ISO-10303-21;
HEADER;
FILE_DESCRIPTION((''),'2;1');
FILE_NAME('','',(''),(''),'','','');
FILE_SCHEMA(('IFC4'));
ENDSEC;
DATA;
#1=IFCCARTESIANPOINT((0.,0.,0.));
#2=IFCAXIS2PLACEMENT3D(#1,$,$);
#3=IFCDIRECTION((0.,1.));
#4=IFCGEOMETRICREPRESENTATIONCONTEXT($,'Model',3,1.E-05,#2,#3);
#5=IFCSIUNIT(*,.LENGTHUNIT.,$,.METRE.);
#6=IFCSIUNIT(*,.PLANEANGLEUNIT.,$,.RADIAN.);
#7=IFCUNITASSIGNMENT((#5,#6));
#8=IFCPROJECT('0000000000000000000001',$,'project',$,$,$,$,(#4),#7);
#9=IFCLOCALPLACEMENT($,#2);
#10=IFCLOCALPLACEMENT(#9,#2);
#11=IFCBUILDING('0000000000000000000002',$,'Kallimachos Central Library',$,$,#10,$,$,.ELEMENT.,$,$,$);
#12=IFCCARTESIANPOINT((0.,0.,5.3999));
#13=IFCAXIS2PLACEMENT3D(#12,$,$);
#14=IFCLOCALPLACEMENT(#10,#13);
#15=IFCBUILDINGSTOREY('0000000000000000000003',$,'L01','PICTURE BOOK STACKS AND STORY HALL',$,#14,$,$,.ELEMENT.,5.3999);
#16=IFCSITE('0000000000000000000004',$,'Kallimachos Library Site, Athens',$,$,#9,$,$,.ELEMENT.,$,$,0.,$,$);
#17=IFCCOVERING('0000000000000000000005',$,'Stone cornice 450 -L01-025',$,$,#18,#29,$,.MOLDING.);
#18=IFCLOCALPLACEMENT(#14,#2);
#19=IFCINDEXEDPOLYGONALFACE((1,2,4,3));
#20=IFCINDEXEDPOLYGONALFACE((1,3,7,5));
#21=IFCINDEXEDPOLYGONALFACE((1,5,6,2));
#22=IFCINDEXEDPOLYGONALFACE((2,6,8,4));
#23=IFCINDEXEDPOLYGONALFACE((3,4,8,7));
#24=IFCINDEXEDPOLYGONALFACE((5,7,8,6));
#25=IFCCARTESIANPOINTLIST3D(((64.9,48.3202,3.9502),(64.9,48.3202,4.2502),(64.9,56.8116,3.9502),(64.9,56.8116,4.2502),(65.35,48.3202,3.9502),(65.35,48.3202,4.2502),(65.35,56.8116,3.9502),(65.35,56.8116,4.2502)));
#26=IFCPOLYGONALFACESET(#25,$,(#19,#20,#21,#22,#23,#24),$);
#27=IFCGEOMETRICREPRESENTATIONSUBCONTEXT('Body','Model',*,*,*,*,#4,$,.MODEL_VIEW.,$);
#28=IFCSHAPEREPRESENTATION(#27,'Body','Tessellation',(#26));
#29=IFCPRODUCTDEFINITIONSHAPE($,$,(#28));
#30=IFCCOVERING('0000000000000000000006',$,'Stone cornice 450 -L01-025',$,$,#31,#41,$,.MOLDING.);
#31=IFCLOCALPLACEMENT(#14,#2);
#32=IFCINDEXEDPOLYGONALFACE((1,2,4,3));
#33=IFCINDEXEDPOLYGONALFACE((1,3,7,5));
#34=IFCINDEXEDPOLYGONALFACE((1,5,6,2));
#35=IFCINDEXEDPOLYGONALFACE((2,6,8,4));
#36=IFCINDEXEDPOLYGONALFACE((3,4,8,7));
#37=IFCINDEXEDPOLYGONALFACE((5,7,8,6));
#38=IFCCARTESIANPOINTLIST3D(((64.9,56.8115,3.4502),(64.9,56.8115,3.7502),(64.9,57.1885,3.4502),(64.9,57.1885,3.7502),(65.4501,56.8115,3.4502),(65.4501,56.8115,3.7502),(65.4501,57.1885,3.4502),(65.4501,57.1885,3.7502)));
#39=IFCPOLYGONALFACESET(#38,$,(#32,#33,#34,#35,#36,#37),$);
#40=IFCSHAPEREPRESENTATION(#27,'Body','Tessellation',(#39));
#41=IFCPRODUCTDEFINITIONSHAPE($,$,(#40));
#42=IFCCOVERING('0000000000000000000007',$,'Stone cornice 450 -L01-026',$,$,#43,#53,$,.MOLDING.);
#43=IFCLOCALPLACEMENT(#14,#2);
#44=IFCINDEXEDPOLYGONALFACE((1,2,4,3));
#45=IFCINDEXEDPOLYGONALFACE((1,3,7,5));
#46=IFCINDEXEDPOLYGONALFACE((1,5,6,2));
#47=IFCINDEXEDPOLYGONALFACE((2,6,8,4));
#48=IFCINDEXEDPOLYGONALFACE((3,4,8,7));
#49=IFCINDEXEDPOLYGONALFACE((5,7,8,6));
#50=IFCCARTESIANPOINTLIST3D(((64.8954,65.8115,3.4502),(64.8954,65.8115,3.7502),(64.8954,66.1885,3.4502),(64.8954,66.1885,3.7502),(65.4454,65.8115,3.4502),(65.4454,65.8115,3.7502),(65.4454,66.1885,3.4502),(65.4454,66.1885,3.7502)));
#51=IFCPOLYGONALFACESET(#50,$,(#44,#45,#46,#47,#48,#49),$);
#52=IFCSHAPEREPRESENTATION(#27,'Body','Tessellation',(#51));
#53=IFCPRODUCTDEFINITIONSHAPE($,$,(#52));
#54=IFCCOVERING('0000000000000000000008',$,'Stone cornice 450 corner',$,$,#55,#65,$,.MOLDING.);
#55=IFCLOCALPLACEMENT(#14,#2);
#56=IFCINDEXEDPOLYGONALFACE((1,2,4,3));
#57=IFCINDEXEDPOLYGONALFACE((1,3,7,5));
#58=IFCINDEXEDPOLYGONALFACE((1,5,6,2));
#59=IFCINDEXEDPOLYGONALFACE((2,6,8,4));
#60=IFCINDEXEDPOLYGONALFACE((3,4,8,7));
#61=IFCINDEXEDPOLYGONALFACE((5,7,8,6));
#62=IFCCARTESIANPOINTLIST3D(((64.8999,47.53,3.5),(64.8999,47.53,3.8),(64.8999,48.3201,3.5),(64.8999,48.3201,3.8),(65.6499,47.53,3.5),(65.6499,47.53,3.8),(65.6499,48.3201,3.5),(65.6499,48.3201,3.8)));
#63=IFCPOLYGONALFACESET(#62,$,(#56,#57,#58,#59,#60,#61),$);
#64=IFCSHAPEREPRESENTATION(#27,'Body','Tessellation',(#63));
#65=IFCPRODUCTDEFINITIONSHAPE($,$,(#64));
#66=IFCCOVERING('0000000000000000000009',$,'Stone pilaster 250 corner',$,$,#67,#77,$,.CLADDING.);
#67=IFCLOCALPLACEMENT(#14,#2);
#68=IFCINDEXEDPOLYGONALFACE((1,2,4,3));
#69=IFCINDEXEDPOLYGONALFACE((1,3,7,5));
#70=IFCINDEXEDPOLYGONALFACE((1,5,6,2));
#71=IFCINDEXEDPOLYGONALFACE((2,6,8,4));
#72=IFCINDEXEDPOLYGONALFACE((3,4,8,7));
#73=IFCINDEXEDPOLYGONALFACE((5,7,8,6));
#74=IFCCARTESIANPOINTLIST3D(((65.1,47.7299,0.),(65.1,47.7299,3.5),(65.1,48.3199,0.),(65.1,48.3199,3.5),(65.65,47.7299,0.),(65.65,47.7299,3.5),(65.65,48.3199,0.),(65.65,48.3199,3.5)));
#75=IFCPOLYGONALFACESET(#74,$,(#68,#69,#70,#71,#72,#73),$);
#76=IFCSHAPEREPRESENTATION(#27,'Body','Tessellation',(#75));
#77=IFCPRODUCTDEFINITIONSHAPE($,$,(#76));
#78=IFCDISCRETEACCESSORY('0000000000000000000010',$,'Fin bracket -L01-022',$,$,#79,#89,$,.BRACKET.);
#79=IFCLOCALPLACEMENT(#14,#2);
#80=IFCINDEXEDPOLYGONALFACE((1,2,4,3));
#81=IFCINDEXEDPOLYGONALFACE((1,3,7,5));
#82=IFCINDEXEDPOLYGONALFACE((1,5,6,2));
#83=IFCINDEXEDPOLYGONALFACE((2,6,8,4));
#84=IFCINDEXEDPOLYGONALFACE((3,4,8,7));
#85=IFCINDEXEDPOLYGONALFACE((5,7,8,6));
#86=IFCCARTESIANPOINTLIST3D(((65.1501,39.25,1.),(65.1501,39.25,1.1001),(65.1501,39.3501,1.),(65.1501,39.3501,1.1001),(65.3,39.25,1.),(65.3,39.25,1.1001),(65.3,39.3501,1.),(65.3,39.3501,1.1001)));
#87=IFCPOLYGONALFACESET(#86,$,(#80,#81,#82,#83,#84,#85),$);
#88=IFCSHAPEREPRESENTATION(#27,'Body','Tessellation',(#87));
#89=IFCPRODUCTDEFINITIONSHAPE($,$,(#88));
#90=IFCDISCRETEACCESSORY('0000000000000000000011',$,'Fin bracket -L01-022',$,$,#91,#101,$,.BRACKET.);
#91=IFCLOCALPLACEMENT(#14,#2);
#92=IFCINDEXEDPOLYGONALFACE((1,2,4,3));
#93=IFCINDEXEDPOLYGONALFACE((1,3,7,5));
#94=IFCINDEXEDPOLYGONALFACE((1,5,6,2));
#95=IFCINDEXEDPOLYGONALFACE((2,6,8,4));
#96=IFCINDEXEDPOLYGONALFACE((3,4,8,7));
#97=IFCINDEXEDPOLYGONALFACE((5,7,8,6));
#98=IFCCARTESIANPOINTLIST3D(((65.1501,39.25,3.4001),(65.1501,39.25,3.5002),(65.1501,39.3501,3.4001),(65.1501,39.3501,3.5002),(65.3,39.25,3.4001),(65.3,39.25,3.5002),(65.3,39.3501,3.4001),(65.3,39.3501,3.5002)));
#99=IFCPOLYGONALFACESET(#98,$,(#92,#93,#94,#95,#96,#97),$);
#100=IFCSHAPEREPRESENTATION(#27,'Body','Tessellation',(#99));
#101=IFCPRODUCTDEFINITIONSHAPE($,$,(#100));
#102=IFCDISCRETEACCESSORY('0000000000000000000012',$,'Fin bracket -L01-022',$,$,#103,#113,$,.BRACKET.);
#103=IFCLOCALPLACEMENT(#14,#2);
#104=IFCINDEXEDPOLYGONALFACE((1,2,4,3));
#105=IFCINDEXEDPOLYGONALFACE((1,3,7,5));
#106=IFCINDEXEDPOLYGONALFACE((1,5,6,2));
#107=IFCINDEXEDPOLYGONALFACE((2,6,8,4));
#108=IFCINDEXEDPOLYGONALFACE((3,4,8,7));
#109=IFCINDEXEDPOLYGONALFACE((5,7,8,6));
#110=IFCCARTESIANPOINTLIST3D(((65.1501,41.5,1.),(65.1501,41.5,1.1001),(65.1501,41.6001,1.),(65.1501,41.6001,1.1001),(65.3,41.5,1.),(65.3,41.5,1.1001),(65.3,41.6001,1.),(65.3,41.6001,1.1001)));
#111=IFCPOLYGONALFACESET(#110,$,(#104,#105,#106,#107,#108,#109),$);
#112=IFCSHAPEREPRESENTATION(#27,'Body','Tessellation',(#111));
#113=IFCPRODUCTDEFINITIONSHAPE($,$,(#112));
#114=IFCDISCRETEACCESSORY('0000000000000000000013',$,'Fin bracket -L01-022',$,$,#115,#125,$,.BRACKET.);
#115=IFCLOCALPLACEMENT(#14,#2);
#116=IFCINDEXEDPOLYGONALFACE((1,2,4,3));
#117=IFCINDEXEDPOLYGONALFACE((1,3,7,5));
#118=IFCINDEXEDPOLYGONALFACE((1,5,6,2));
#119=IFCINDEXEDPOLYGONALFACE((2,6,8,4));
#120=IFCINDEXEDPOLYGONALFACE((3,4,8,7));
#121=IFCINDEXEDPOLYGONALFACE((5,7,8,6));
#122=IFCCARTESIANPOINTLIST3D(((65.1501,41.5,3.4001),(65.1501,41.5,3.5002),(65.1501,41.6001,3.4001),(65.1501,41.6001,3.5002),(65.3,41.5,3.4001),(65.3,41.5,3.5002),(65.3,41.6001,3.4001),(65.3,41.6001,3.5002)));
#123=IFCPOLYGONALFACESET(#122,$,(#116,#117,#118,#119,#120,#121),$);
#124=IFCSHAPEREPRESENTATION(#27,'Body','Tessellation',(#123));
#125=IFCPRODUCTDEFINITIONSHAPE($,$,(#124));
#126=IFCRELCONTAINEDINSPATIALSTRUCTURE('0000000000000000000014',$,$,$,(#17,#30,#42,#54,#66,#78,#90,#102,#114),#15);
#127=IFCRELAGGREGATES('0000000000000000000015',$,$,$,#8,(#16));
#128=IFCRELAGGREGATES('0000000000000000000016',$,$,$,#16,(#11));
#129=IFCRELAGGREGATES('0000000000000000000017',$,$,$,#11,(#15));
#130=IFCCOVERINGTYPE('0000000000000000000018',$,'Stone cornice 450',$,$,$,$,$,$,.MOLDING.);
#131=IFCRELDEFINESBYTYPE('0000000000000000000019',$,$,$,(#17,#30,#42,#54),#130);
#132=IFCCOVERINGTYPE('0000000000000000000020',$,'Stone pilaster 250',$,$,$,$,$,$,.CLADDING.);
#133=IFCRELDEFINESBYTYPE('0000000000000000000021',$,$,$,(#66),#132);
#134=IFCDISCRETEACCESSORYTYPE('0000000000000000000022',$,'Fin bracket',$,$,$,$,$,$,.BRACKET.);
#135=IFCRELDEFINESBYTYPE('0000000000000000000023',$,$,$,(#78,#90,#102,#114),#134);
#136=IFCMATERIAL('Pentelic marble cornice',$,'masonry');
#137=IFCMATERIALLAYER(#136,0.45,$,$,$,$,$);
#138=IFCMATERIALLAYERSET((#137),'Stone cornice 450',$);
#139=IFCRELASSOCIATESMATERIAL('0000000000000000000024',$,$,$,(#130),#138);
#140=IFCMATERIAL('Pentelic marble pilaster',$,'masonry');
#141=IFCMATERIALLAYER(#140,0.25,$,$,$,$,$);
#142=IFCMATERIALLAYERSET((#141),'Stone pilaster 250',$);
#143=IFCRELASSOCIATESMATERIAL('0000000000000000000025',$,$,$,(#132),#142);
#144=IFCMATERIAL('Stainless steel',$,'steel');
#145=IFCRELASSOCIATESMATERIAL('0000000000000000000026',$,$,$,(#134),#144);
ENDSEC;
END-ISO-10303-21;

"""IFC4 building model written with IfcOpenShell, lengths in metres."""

from ifc_helpers import new_model, si_unit, direction, frame, origin, origin_2d, place, context, subcontext, project, spatial, rectangle, extrude, material, layer, layer_set, type_object, element, save


model = new_model("IFC4")

# Units and contexts
model_context = context("Model", 3, precision=1e-05, world=origin(), true_north=direction((0.0, 1.0)))
body_context = subcontext(model_context, "Body", "Model", "MODEL_VIEW")
ifc_project = project(units=[si_unit("LENGTHUNIT", "METRE"), si_unit("PLANEANGLEUNIT", "RADIAN")], contexts=[model_context])

# Site, building, storey
site_placement = place(None, origin())
site = spatial("IfcSite", under=ifc_project, at=site_placement, Name="Kallimachos Library Site, Athens", CompositionType="ELEMENT", RefElevation=0.0)
building_placement = place(site_placement, origin())
building = spatial("IfcBuilding", under=site, at=building_placement, Name="Kallimachos Central Library", CompositionType="ELEMENT")
storey_placement = place(building_placement, frame((0.0, 0.0, 5.3999)))
storey = spatial("IfcBuildingStorey", under=building, at=storey_placement, Name="L01", Description="PICTURE BOOK STACKS AND STORY HALL", CompositionType="ELEMENT", Elevation=5.3999)

# Coverings
ifc_material_1 = material(Name="Pentelic marble cornice", Category="masonry")
ifc_layer_1 = layer(ifc_material_1, 0.45)
ifc_layer_set_1 = layer_set([ifc_layer_1], Name="Stone cornice 450")
covering_type_1 = type_object("IfcCoveringType", Name="Stone cornice 450", PredefinedType="MOLDING", material=ifc_layer_set_1)
covering_1_placement = place(storey_placement, frame((65.125, 52.5659, 3.9502), z_axis=(0.0, 0.0, 1.0), x_axis=(1.0, 0.0, 0.0)))
element("IfcCovering", 1, at=covering_1_placement, inside=storey, type_object=covering_type_1, Name="Stone cornice 450 -L01-025", PredefinedType="MOLDING", context=body_context, shape_type="SweptSolid", body=[
    extrude(rectangle(XDim=0.45, YDim=8.4915, at=origin_2d()), origin(), (0.0, 0.0, 1.0), 0.3),
])
for number, where, z_axis, x_axis, name in (
    (2, (65.175, 57.0, 3.4502), (0.0, 0.0, 1.0), (1.0, 0.0, 0.0), "Stone cornice 450 -L01-025"),
    (3, (65.1704, 66.0, 3.4502), (0.0, 0.0, 1.0), (1.0, 0.0, 0.0), "Stone cornice 450 -L01-026"),
):
    element("IfcCovering", number, at=place(storey_placement, frame(where, z_axis=z_axis, x_axis=x_axis)), inside=storey, type_object=covering_type_1, Name=name, PredefinedType="MOLDING", context=body_context, shape_type="SweptSolid", body=[
        extrude(rectangle(XDim=0.55, YDim=0.377, at=origin_2d()), origin(), (0.0, 0.0, 1.0), 0.3),
    ])
covering_2_placement = place(storey_placement, frame((65.2749, 47.925, 3.5), z_axis=(0.0, 0.0, 1.0), x_axis=(1.0, 0.0, 0.0)))
element("IfcCovering", 4, at=covering_2_placement, inside=storey, type_object=covering_type_1, Name="Stone cornice 450 corner", PredefinedType="MOLDING", context=body_context, shape_type="SweptSolid", body=[
    extrude(rectangle(XDim=0.75, YDim=0.79, at=origin_2d()), origin(), (0.0, 0.0, 1.0), 0.3),
])
ifc_material_2 = material(Name="Pentelic marble pilaster", Category="masonry")
ifc_layer_2 = layer(ifc_material_2, 0.25)
ifc_layer_set_2 = layer_set([ifc_layer_2], Name="Stone pilaster 250")
covering_type_2 = type_object("IfcCoveringType", Name="Stone pilaster 250", PredefinedType="CLADDING", material=ifc_layer_set_2)
covering_3_placement = place(storey_placement, frame((65.375, 48.0249, 0.0), z_axis=(0.0, 0.0, 1.0), x_axis=(1.0, 0.0, 0.0)))
element("IfcCovering", 5, at=covering_3_placement, inside=storey, type_object=covering_type_2, Name="Stone pilaster 250 corner", PredefinedType="CLADDING", context=body_context, shape_type="SweptSolid", body=[
    extrude(rectangle(XDim=0.55, YDim=0.5901, at=origin_2d()), origin(), (0.0, 0.0, 1.0), 3.5),
])

# Discrete accessories
ifc_material_3 = material(Name="Stainless steel", Category="steel")
discrete_accessory_type = type_object("IfcDiscreteAccessoryType", Name="Fin bracket", PredefinedType="BRACKET", material=ifc_material_3)
for number, where, z_axis, x_axis, name in (
    (6, (65.2251, 39.3, 1.0), (0.0, 0.0, 1.0), (1.0, 0.0, 0.0), "Fin bracket -L01-022"),
    (7, (65.2251, 39.3, 3.4001), (0.0, 0.0, 1.0), (1.0, 0.0, 0.0), "Fin bracket -L01-022"),
    (8, (65.2251, 41.55, 1.0), (0.0, 0.0, 1.0), (1.0, 0.0, 0.0), "Fin bracket -L01-022"),
    (9, (65.2251, 41.55, 3.4001), (0.0, 0.0, 1.0), (1.0, 0.0, 0.0), "Fin bracket -L01-022"),
):
    element("IfcDiscreteAccessory", number, at=place(storey_placement, frame(where, z_axis=z_axis, x_axis=x_axis)), inside=storey, type_object=discrete_accessory_type, Name=name, PredefinedType="BRACKET", context=body_context, shape_type="SweptSolid", body=[
        extrude(rectangle(XDim=0.1499, YDim=0.1001, at=origin_2d()), origin(), (0.0, 0.0, 1.0), 0.1001),
    ])

save(model, "model.ifc")
